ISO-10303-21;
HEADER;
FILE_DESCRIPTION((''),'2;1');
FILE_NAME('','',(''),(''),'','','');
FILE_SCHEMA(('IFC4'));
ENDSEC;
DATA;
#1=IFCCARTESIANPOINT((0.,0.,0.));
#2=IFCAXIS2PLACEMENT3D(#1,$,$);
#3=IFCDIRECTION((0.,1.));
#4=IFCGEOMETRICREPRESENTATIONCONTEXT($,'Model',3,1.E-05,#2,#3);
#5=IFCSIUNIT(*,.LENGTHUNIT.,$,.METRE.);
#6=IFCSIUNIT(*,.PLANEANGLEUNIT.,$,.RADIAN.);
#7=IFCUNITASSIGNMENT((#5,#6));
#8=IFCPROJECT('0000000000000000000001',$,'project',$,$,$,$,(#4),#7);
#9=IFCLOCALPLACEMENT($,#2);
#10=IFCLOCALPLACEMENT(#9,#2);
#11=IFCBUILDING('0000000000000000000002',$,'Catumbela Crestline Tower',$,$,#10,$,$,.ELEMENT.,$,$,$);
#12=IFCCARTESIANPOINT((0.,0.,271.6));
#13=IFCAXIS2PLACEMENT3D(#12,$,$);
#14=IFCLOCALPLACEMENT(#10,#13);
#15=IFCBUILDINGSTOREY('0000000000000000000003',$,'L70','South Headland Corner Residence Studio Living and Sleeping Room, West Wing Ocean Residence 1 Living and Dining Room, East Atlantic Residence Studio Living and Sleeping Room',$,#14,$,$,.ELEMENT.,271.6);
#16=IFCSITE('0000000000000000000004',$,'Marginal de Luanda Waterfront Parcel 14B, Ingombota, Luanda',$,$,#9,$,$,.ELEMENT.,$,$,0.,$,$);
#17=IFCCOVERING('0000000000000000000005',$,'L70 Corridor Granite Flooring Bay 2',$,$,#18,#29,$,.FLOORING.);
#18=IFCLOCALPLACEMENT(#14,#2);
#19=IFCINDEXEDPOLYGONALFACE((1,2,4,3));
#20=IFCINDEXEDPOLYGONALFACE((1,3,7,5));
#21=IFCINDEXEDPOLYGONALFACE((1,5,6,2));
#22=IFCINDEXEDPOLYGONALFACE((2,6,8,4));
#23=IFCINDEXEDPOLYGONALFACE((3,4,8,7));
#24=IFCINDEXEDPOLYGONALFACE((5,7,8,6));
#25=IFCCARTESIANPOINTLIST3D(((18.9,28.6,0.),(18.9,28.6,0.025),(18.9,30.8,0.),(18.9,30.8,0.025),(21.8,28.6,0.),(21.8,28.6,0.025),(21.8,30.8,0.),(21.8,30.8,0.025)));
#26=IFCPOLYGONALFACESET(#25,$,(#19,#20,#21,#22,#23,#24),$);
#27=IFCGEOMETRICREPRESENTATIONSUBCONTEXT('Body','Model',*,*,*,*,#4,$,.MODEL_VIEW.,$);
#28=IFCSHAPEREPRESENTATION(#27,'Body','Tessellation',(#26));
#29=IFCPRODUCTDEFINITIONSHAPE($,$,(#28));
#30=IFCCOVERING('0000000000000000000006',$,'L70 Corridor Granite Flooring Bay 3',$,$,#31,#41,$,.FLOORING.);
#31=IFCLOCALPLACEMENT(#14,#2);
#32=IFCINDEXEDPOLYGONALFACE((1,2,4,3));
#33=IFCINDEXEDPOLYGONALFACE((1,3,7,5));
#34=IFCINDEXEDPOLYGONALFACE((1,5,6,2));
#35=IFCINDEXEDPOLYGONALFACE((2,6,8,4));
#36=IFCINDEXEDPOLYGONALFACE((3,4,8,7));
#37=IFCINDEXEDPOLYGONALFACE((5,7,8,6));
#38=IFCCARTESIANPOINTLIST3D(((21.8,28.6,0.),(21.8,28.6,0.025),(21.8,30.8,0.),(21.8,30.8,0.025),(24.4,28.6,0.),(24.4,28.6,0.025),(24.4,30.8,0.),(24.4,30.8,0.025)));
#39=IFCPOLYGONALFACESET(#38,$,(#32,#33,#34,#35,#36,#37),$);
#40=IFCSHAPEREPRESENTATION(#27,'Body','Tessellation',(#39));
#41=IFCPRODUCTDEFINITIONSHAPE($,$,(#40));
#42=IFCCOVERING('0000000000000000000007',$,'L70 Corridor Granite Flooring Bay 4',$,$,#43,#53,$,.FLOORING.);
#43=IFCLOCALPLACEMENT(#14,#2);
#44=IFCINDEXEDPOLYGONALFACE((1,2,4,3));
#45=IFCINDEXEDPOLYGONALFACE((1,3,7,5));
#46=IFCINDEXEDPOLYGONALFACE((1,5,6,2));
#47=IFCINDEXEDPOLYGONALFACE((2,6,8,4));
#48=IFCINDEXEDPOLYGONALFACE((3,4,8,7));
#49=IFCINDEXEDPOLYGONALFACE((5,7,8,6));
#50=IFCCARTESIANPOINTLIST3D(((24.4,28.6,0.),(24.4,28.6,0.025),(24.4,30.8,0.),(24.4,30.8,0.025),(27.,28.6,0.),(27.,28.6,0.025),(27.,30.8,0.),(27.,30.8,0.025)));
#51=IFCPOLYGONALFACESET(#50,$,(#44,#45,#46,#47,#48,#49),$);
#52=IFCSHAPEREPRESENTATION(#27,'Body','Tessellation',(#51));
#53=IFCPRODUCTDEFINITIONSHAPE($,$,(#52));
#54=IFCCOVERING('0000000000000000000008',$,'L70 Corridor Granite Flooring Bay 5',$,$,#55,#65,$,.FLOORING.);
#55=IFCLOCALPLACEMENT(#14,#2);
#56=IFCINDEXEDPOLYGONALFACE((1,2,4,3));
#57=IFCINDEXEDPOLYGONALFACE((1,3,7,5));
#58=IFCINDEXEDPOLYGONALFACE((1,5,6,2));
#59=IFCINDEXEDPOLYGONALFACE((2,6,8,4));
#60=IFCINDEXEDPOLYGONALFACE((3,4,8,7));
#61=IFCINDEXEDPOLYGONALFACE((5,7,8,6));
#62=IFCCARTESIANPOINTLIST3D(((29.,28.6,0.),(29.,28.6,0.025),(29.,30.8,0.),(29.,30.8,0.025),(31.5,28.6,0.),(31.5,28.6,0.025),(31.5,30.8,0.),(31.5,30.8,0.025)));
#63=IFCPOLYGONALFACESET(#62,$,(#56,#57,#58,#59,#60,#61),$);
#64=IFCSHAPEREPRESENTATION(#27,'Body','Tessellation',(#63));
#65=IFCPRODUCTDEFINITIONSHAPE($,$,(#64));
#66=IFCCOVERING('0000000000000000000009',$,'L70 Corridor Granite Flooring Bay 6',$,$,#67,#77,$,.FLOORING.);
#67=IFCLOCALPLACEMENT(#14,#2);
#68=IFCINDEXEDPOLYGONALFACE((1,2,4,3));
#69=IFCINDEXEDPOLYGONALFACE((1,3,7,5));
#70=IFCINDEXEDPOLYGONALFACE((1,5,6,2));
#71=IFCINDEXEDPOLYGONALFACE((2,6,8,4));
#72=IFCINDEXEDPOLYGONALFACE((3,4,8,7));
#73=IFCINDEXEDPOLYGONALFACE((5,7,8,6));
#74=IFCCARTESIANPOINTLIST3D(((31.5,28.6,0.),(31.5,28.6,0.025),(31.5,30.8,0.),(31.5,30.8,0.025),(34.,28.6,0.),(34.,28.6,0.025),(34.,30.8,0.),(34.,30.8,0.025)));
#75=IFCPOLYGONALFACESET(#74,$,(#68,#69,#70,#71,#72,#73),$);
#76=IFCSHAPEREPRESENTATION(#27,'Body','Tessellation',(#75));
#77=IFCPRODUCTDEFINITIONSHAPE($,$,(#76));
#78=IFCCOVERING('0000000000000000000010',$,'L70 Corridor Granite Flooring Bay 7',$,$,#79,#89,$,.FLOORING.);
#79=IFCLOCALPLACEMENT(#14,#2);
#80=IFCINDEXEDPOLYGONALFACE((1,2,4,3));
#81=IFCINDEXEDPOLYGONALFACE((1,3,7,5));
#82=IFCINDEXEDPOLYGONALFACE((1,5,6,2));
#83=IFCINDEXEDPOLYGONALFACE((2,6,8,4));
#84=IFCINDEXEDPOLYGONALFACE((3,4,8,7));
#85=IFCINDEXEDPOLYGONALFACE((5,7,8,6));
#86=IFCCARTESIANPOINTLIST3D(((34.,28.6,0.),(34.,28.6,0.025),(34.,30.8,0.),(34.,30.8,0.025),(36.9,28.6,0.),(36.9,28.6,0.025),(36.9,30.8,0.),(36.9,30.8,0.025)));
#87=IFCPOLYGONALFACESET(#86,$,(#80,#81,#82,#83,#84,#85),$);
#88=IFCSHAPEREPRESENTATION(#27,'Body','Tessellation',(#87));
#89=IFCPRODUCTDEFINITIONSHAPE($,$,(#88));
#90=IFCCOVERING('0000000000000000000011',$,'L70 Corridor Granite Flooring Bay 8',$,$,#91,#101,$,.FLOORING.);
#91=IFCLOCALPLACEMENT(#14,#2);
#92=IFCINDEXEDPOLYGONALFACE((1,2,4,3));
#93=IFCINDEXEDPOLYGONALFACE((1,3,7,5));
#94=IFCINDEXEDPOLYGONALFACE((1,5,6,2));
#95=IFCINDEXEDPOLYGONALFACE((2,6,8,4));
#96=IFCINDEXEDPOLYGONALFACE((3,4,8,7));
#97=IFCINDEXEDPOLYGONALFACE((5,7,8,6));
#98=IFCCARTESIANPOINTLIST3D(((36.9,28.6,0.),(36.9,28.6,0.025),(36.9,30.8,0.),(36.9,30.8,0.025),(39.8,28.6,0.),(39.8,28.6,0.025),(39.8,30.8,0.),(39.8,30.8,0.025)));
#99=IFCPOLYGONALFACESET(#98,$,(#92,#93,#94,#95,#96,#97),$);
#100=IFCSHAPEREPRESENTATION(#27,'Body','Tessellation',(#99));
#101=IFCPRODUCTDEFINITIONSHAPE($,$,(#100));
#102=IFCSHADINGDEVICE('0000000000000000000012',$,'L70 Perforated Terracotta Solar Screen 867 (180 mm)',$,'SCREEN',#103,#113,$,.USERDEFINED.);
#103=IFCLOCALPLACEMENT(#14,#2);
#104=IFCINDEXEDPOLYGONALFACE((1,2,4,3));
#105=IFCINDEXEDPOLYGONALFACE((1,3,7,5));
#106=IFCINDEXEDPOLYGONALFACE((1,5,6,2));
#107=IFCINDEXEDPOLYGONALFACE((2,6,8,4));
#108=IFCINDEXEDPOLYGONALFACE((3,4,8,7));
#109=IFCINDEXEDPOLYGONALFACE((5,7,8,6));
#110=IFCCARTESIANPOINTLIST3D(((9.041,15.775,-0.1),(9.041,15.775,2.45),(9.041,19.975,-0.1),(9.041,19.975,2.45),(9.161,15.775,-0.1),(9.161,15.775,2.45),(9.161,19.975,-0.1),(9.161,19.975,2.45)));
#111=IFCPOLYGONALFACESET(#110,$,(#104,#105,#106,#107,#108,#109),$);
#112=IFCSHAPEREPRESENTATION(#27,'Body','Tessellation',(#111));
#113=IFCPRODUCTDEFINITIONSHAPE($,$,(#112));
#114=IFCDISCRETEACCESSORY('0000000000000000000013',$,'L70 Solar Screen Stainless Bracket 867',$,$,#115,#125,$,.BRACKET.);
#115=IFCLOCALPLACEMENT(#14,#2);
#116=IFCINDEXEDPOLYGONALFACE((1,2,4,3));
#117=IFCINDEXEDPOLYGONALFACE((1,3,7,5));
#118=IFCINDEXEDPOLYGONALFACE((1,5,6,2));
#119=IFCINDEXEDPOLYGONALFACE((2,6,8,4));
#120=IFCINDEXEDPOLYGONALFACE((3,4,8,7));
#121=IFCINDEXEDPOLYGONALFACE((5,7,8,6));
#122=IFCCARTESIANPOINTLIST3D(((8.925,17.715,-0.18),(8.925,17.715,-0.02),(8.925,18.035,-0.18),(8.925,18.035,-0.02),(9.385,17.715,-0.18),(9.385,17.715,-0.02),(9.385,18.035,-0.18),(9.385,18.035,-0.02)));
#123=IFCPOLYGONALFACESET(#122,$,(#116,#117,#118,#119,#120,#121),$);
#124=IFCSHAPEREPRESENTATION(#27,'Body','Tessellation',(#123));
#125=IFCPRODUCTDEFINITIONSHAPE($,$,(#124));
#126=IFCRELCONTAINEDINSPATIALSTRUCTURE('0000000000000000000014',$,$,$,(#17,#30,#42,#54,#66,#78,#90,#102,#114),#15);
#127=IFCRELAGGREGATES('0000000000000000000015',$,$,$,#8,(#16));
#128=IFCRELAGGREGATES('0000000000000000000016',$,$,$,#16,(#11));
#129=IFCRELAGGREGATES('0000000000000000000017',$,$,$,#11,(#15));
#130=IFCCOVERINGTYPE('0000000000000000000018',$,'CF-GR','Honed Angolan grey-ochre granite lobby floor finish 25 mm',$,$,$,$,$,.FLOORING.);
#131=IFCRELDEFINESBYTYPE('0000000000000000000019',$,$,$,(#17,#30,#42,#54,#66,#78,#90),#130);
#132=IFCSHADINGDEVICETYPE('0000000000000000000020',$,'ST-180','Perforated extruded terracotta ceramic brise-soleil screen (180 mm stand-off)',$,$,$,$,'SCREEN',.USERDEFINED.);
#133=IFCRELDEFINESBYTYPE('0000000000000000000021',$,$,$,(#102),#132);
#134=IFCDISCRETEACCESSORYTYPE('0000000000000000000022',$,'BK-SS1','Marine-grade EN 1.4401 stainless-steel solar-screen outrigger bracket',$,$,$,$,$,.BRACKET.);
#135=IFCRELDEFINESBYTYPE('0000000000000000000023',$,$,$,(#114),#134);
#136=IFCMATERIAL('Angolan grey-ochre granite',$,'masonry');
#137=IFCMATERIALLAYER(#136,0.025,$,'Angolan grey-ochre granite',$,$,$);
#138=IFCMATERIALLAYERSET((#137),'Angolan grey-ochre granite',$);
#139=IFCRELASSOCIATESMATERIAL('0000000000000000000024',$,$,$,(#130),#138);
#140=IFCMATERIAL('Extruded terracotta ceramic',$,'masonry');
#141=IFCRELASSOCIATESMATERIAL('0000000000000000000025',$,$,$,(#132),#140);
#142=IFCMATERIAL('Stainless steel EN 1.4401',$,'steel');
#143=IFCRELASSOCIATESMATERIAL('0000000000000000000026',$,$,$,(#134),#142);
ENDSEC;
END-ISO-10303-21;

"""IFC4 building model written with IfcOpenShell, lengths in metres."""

from ifc_helpers import new_model, si_unit, direction, frame, origin, origin_2d, place, context, subcontext, project, spatial, polyline, rectangle, outline, extrude, material, layer, layer_set, type_object, element, save


model = new_model("IFC4")

# Units and contexts
model_context = context("Model", 3, precision=1e-05, world=origin(), true_north=direction((0.0, 1.0)))
body_context = subcontext(model_context, "Body", "Model", "MODEL_VIEW")
ifc_project = project(units=[si_unit("LENGTHUNIT", "METRE"), si_unit("PLANEANGLEUNIT", "RADIAN")], contexts=[model_context])

# Site, building, storey
site_placement = place(None, origin())
site = spatial("IfcSite", under=ifc_project, at=site_placement, Name="Marginal de Luanda Waterfront Parcel 14B, Ingombota, Luanda", CompositionType="ELEMENT", RefElevation=0.0)
building_placement = place(site_placement, origin())
building = spatial("IfcBuilding", under=site, at=building_placement, Name="Catumbela Crestline Tower", CompositionType="ELEMENT")
storey_placement = place(building_placement, frame((0.0, 0.0, 271.6)))
storey = spatial("IfcBuildingStorey", under=building, at=storey_placement, Name="L70", Description="South Headland Corner Residence Studio Living and Sleeping Room, West Wing Ocean Residence 1 Living and Dining Room, East Atlantic Residence Studio Living and Sleeping Room", CompositionType="ELEMENT", Elevation=271.6)

# Shared definitions
ifc_material_1 = material(Name="Angolan grey-ochre granite", Category="masonry")

# Coverings
ifc_layer_1 = layer(ifc_material_1, 0.025, Name="Angolan grey-ochre granite")
ifc_layer_set_1 = layer_set([ifc_layer_1], Name="Angolan grey-ochre granite")
covering_type_1 = type_object("IfcCoveringType", Name="CF-GR", Description="Honed Angolan grey-ochre granite lobby floor finish 25 mm", PredefinedType="FLOORING", material=ifc_layer_set_1)
covering_1_placement = place(storey_placement, origin())
element("IfcCovering", 1, at=covering_1_placement, inside=storey, type_object=covering_type_1, Name="L70 Corridor Granite Flooring Bay 2", PredefinedType="FLOORING", context=body_context, shape_type="SweptSolid", body=[
    extrude(outline(polyline([(18.9, 28.6), (21.8, 28.6), (21.8, 30.8), (18.9, 30.8), (18.9, 28.6)])), origin(), (0.0, 0.0, 1.0), 0.025),
])
covering_2_placement = place(storey_placement, origin())
element("IfcCovering", 2, at=covering_2_placement, inside=storey, type_object=covering_type_1, Name="L70 Corridor Granite Flooring Bay 3", PredefinedType="FLOORING", context=body_context, shape_type="SweptSolid", body=[
    extrude(outline(polyline([(21.8, 28.6), (24.4, 28.6), (24.4, 30.8), (21.8, 30.8), (21.8, 28.6)])), origin(), (0.0, 0.0, 1.0), 0.025),
])
covering_3_placement = place(storey_placement, origin())
element("IfcCovering", 3, at=covering_3_placement, inside=storey, type_object=covering_type_1, Name="L70 Corridor Granite Flooring Bay 4", PredefinedType="FLOORING", context=body_context, shape_type="SweptSolid", body=[
    extrude(outline(polyline([(24.4, 28.6), (27.0, 28.6), (27.0, 30.8), (24.4, 30.8), (24.4, 28.6)])), origin(), (0.0, 0.0, 1.0), 0.025),
])
covering_4_placement = place(storey_placement, origin())
element("IfcCovering", 4, at=covering_4_placement, inside=storey, type_object=covering_type_1, Name="L70 Corridor Granite Flooring Bay 5", PredefinedType="FLOORING", context=body_context, shape_type="SweptSolid", body=[
    extrude(outline(polyline([(29.0, 28.6), (31.5, 28.6), (31.5, 30.8), (29.0, 30.8), (29.0, 28.6)])), origin(), (0.0, 0.0, 1.0), 0.025),
])
covering_5_placement = place(storey_placement, origin())
element("IfcCovering", 5, at=covering_5_placement, inside=storey, type_object=covering_type_1, Name="L70 Corridor Granite Flooring Bay 6", PredefinedType="FLOORING", context=body_context, shape_type="SweptSolid", body=[
    extrude(outline(polyline([(31.5, 28.6), (34.0, 28.6), (34.0, 30.8), (31.5, 30.8), (31.5, 28.6)])), origin(), (0.0, 0.0, 1.0), 0.025),
])
covering_6_placement = place(storey_placement, origin())
element("IfcCovering", 6, at=covering_6_placement, inside=storey, type_object=covering_type_1, Name="L70 Corridor Granite Flooring Bay 7", PredefinedType="FLOORING", context=body_context, shape_type="SweptSolid", body=[
    extrude(outline(polyline([(34.0, 28.6), (36.9, 28.6), (36.9, 30.8), (34.0, 30.8), (34.0, 28.6)])), origin(), (0.0, 0.0, 1.0), 0.025),
])
covering_7_placement = place(storey_placement, origin())
element("IfcCovering", 7, at=covering_7_placement, inside=storey, type_object=covering_type_1, Name="L70 Corridor Granite Flooring Bay 8", PredefinedType="FLOORING", context=body_context, shape_type="SweptSolid", body=[
    extrude(outline(polyline([(36.9, 28.6), (39.8, 28.6), (39.8, 30.8), (36.9, 30.8), (36.9, 28.6)])), origin(), (0.0, 0.0, 1.0), 0.025),
])

# Shading device
ifc_material_2 = material(Name="Extruded terracotta ceramic", Category="masonry")
shading_device_type = type_object("IfcShadingDeviceType", Name="ST-180", Description="Perforated extruded terracotta ceramic brise-soleil screen (180 mm stand-off)", ElementType="SCREEN", PredefinedType="USERDEFINED", material=ifc_material_2)
shading_device_placement = place(storey_placement, frame((9.101, 17.875, -0.1), z_axis=(0.0, 0.0, 1.0), x_axis=(0.0, -1.0, 0.0)))
element("IfcShadingDevice", 8, at=shading_device_placement, inside=storey, type_object=shading_device_type, Name="L70 Perforated Terracotta Solar Screen 867 (180 mm)", ObjectType="SCREEN", PredefinedType="USERDEFINED", context=body_context, shape_type="SweptSolid", body=[
    extrude(rectangle(XDim=4.2, YDim=0.12, at=origin_2d()), origin(), (0.0, 0.0, 1.0), 2.55),
])

# Discrete accessory
ifc_material_3 = material(Name="Stainless steel EN 1.4401", Category="steel")
discrete_accessory_type = type_object("IfcDiscreteAccessoryType", Name="BK-SS1", Description="Marine-grade EN 1.4401 stainless-steel solar-screen outrigger bracket", PredefinedType="BRACKET", material=ifc_material_3)
discrete_accessory_placement = place(storey_placement, frame((9.155, 17.875, -0.18), z_axis=(0.0, 0.0, 1.0), x_axis=(0.0, -1.0, 0.0)))
element("IfcDiscreteAccessory", 9, at=discrete_accessory_placement, inside=storey, type_object=discrete_accessory_type, Name="L70 Solar Screen Stainless Bracket 867", PredefinedType="BRACKET", context=body_context, shape_type="SweptSolid", body=[
    extrude(rectangle(XDim=0.32, YDim=0.46, at=origin_2d()), origin(), (0.0, 0.0, 1.0), 0.16),
])

save(model, "model.ifc")
